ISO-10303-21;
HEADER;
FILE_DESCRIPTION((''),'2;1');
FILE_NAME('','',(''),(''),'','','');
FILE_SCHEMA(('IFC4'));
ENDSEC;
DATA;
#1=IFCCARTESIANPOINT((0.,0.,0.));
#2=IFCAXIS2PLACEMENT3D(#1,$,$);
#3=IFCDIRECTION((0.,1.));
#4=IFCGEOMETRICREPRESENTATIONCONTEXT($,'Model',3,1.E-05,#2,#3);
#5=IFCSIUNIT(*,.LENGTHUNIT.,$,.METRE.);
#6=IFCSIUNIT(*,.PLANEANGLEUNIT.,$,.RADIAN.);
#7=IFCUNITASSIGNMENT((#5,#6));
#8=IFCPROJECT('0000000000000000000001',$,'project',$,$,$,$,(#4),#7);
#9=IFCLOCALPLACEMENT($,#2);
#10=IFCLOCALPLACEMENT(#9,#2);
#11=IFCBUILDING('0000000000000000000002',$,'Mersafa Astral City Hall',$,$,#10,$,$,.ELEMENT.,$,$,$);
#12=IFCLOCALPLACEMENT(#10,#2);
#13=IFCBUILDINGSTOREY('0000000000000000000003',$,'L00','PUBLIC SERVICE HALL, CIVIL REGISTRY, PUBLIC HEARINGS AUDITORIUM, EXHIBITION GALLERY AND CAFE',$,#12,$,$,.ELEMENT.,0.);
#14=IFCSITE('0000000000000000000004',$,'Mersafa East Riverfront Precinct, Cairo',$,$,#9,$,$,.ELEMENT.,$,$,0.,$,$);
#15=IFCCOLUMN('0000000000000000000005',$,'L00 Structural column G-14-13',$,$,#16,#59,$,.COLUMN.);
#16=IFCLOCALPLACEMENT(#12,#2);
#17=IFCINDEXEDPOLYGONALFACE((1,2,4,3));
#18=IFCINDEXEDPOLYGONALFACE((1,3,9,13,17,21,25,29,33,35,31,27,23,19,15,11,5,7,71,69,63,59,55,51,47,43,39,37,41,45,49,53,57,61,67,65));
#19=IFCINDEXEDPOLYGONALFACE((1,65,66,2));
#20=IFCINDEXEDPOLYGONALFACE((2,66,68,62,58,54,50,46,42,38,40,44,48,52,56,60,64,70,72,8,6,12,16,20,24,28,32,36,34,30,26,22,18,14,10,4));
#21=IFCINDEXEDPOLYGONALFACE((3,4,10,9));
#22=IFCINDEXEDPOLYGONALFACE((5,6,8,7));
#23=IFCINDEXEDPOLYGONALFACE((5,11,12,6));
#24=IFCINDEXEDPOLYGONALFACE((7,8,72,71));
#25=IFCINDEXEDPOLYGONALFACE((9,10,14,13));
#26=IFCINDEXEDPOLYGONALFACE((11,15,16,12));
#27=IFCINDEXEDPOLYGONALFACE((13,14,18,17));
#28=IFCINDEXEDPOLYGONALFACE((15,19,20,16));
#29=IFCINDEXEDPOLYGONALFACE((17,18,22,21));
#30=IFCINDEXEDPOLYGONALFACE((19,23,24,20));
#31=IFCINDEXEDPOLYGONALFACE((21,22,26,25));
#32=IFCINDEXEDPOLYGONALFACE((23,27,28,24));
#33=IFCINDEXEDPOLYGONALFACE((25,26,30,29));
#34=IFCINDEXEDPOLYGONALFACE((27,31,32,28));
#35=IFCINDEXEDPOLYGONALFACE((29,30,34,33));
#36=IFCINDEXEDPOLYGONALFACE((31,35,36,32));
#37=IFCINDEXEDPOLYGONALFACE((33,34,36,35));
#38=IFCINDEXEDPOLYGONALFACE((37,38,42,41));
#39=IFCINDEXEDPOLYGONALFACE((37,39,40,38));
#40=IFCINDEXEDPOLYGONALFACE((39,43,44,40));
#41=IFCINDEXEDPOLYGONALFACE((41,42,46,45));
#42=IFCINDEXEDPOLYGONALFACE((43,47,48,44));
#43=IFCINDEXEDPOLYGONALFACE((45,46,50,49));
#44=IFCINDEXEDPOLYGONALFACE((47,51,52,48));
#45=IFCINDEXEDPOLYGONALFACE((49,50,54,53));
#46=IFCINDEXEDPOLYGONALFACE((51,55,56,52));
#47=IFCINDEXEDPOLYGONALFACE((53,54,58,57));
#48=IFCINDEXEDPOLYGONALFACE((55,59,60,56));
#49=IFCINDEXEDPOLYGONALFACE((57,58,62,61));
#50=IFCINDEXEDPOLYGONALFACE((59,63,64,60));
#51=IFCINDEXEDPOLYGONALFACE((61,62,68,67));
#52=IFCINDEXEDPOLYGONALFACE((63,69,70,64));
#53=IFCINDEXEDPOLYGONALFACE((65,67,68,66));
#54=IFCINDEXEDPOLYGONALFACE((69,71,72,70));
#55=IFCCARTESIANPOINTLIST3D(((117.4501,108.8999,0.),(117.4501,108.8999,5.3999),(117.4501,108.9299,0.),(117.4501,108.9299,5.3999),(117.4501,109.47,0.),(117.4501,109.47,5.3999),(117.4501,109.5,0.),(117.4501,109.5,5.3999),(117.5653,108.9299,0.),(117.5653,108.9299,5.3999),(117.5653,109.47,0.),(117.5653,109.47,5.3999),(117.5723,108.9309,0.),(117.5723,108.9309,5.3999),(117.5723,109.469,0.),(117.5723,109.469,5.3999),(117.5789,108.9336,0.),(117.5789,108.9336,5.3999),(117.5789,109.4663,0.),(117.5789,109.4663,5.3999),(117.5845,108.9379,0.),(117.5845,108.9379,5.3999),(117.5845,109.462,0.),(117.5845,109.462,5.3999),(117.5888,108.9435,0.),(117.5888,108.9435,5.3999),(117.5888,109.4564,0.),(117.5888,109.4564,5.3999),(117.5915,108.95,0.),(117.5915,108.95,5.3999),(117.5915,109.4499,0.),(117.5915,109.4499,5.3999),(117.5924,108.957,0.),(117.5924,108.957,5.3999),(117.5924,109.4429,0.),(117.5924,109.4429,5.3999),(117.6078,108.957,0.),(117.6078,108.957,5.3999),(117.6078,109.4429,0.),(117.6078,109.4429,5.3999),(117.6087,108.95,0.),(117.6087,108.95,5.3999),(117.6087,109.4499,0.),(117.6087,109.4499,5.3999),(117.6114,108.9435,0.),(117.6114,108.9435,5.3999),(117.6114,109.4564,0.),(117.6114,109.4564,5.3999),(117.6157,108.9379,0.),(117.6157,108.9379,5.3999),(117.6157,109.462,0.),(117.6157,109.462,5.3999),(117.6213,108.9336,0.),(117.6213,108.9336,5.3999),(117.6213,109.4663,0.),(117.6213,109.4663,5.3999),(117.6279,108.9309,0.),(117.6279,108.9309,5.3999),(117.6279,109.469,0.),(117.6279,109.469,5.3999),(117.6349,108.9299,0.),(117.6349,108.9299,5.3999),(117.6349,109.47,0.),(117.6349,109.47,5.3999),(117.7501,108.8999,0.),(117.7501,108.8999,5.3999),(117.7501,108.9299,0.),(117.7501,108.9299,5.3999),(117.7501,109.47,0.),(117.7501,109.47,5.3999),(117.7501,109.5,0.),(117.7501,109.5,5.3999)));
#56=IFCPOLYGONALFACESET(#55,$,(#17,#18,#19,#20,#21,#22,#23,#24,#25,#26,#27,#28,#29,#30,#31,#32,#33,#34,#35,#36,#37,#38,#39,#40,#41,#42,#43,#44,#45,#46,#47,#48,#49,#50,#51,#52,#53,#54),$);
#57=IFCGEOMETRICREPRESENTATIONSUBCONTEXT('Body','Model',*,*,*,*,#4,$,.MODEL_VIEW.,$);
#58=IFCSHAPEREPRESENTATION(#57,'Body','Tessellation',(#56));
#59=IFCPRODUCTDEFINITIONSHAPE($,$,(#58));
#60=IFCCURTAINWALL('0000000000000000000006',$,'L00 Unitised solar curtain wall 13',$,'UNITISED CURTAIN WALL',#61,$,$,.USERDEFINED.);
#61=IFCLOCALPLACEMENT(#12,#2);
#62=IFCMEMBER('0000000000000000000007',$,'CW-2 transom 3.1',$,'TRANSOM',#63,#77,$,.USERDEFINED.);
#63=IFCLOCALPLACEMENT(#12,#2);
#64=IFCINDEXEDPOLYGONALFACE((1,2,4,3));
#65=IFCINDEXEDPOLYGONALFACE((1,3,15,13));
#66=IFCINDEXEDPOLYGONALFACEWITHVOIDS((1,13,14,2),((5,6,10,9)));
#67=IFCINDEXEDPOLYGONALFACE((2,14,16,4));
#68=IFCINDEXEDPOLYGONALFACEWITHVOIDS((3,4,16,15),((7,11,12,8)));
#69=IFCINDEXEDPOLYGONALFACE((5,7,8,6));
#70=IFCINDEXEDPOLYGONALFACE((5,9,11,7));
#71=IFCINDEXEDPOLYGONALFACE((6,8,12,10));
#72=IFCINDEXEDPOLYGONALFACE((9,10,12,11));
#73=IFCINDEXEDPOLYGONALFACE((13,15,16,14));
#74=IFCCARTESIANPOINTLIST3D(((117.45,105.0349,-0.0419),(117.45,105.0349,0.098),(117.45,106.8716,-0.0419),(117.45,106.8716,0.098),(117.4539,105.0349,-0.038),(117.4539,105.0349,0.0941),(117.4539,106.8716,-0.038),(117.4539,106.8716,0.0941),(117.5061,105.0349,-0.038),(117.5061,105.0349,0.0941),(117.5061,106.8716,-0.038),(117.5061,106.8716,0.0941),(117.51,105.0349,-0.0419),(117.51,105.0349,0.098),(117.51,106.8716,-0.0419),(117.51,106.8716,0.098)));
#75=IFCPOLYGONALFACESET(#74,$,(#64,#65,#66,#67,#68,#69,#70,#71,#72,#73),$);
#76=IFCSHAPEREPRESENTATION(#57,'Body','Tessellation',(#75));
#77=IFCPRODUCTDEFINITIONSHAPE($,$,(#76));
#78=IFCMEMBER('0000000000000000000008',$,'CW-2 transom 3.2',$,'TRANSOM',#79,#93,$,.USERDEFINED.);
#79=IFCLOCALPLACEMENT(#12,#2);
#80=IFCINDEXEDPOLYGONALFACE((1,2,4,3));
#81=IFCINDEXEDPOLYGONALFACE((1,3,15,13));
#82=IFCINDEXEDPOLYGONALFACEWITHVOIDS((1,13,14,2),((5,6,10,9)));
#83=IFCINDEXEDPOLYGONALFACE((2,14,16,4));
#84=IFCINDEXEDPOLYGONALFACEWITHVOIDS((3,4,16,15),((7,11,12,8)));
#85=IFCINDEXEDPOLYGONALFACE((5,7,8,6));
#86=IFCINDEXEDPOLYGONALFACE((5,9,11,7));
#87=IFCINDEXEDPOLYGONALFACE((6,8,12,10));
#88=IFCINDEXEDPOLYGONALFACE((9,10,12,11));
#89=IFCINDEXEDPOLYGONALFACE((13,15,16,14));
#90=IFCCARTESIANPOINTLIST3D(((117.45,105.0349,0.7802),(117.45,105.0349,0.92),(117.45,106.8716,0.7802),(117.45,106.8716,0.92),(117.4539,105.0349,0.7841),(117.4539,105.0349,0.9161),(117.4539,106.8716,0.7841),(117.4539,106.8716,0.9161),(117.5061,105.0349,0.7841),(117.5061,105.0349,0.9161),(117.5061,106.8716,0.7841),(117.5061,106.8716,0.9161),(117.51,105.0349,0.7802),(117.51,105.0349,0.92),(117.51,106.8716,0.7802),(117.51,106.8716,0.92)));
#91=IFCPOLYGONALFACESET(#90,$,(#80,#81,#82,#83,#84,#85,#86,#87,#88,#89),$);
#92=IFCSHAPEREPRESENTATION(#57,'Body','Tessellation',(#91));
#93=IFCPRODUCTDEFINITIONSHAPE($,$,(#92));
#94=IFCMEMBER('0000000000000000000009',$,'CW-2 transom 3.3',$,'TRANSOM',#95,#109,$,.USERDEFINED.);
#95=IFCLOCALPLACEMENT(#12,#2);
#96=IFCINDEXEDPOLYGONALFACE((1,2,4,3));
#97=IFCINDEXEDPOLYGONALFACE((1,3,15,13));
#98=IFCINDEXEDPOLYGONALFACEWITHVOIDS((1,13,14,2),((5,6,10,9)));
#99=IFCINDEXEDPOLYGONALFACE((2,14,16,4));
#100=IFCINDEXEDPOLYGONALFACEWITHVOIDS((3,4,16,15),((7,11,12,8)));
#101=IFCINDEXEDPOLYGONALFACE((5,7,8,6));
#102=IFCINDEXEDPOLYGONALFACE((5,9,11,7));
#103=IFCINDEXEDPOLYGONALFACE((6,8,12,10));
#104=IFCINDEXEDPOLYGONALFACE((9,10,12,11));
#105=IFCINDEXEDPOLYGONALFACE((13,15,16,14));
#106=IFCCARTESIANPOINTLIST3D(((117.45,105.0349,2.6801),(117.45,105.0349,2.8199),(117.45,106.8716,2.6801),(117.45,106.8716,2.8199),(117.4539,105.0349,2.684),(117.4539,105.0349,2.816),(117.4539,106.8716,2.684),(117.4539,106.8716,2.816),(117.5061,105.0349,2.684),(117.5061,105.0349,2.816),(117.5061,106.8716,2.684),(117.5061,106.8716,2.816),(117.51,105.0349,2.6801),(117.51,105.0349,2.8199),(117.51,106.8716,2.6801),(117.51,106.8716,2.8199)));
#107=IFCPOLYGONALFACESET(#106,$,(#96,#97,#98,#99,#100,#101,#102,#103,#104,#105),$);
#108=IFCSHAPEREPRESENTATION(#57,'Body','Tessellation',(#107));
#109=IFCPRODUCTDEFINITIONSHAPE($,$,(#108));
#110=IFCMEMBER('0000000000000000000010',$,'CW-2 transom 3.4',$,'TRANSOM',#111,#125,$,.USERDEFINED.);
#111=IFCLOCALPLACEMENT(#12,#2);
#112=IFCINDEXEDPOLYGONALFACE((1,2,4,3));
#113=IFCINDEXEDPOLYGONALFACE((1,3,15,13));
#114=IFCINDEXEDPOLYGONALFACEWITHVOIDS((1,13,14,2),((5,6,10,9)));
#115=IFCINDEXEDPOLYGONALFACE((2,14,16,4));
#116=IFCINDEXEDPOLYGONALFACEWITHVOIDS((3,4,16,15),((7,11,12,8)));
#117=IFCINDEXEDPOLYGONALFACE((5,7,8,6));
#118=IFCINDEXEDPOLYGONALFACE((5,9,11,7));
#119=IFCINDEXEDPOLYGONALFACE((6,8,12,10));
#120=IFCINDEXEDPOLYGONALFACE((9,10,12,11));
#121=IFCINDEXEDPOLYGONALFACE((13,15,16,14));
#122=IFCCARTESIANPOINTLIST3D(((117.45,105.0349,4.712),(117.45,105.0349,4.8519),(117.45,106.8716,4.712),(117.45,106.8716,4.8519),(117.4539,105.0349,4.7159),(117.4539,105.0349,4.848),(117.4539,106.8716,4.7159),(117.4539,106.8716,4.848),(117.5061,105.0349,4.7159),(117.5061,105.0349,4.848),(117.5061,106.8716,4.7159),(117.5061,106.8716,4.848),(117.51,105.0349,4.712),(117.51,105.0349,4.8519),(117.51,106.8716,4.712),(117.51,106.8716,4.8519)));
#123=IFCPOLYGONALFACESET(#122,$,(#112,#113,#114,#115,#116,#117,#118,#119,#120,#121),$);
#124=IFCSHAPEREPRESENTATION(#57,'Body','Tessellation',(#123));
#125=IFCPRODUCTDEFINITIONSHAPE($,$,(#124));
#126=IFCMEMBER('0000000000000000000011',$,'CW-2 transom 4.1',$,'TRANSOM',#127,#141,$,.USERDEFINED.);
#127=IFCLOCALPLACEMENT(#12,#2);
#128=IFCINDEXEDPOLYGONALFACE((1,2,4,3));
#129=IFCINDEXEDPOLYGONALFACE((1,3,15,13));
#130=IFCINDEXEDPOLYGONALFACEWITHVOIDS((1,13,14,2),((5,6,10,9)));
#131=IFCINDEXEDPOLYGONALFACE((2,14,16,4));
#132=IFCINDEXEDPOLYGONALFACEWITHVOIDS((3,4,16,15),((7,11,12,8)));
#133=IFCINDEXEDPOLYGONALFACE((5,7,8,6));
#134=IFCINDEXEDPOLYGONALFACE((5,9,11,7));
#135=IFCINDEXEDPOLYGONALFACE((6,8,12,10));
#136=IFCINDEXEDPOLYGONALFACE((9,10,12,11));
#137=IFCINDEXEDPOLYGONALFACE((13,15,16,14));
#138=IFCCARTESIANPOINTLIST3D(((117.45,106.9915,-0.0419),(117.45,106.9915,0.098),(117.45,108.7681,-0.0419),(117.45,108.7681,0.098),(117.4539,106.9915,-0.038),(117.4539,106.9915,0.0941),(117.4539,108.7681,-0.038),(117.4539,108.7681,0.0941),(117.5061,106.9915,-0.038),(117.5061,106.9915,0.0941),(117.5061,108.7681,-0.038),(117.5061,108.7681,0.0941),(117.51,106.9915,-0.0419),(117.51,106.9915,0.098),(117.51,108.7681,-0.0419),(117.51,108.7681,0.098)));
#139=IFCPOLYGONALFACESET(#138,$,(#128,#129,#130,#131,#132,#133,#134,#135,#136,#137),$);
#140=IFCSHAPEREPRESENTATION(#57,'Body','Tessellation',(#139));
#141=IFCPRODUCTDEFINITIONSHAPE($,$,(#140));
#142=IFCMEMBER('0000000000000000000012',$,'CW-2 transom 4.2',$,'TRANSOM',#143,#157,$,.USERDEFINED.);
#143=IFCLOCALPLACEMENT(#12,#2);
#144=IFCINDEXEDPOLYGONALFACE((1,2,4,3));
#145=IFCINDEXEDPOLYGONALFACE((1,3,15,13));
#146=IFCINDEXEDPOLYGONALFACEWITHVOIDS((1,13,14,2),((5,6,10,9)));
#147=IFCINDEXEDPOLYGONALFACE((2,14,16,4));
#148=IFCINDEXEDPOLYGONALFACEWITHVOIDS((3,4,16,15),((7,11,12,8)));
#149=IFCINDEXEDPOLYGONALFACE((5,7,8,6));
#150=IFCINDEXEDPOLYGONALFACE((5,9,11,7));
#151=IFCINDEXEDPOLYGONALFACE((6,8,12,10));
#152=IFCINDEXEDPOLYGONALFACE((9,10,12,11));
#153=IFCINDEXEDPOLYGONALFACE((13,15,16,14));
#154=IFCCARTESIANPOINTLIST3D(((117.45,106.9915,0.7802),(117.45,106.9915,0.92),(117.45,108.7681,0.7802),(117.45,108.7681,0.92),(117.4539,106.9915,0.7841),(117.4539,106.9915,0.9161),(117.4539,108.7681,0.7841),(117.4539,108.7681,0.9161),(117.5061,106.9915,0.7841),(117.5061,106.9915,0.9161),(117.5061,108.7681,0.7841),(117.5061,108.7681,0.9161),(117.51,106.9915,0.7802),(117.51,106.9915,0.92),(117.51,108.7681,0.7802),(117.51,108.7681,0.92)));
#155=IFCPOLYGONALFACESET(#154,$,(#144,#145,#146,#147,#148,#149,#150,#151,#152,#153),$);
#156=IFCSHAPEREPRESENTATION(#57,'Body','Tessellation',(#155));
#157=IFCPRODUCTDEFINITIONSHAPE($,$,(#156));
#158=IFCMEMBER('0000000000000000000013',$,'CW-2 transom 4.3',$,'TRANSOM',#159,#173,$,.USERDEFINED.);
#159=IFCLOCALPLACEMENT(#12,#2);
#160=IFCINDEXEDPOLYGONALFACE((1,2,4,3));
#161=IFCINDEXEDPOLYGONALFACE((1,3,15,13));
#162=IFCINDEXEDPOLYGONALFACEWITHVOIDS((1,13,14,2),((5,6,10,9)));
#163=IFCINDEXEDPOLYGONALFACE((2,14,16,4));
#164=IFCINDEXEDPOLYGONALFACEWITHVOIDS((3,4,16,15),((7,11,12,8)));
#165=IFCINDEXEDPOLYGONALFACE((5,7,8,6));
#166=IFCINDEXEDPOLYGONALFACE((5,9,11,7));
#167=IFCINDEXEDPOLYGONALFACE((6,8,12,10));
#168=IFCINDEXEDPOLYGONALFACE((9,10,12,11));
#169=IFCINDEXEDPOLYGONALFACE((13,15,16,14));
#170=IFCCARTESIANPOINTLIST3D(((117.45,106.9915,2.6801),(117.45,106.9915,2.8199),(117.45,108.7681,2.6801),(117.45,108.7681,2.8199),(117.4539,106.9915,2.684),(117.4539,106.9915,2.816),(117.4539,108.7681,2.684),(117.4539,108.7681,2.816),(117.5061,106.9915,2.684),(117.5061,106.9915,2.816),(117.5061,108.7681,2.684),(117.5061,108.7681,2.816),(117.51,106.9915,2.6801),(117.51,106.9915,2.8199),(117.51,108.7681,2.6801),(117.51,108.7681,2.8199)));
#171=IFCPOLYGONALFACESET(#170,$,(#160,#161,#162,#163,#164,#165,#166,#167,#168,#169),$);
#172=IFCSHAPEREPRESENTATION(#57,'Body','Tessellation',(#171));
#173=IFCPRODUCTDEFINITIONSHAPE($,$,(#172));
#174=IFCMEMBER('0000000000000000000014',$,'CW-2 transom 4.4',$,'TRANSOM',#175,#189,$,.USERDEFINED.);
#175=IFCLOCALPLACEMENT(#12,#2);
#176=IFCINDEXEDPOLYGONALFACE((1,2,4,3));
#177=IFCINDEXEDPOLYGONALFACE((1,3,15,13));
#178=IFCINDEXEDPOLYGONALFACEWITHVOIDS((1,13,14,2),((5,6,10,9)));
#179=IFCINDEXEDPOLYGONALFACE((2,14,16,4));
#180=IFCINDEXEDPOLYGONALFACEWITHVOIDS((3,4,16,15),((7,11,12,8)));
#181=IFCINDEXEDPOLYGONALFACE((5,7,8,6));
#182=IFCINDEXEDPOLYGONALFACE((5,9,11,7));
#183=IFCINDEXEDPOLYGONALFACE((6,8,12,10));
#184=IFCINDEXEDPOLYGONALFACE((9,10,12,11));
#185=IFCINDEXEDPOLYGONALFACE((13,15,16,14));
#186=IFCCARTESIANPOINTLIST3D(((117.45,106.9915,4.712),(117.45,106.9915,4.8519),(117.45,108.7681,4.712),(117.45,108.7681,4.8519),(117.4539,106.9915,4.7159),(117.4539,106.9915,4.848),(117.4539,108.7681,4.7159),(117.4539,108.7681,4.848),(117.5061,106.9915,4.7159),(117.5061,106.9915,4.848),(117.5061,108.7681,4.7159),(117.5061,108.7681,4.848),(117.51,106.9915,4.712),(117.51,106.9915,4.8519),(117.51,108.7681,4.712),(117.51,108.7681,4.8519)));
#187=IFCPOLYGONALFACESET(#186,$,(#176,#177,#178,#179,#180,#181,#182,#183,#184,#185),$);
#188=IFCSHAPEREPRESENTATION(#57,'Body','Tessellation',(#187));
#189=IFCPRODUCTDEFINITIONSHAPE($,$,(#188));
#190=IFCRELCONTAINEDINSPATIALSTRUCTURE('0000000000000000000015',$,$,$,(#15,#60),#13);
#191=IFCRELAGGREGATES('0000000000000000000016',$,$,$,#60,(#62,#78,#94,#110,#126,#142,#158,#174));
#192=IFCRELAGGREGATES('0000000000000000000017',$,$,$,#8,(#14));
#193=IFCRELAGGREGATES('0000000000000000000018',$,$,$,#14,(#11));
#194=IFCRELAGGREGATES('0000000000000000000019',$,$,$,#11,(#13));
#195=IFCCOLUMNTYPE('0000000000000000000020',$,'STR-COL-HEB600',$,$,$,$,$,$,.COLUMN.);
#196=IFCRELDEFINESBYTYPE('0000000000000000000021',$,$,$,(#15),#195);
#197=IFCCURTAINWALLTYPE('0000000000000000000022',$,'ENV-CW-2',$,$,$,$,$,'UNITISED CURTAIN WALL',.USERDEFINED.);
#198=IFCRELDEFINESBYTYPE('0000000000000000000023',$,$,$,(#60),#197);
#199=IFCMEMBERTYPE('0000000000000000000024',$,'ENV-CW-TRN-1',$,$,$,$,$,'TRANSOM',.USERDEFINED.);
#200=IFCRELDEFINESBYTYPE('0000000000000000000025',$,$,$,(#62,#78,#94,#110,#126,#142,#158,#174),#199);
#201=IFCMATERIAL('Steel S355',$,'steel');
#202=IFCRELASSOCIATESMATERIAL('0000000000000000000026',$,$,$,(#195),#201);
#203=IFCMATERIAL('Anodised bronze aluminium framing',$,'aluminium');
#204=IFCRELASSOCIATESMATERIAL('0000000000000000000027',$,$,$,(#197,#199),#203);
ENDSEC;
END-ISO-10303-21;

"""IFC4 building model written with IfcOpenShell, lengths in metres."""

from ifc_helpers import new_model, si_unit, direction, frame, origin, origin_2d, place, context, subcontext, project, spatial, hollow_rectangle, i_section, extrude, material, material_profile, profile_set, type_object, element, aggregate, save


model = new_model("IFC4")

# Units and contexts
model_context = context("Model", 3, precision=1e-05, world=origin(), true_north=direction((0.0, 1.0)))
body_context = subcontext(model_context, "Body", "Model", "MODEL_VIEW")
ifc_project = project(units=[si_unit("LENGTHUNIT", "METRE"), si_unit("PLANEANGLEUNIT", "RADIAN")], contexts=[model_context])

# Site, building, storey
site_placement = place(None, origin())
site = spatial("IfcSite", under=ifc_project, at=site_placement, Name="Mersafa East Riverfront Precinct, Cairo", CompositionType="ELEMENT", RefElevation=0.0)
building_placement = place(site_placement, origin())
building = spatial("IfcBuilding", under=site, at=building_placement, Name="Mersafa Astral City Hall", CompositionType="ELEMENT")
storey_placement = place(building_placement, origin())
storey = spatial("IfcBuildingStorey", under=building, at=storey_placement, Name="L00", Description="PUBLIC SERVICE HALL, CIVIL REGISTRY, PUBLIC HEARINGS AUDITORIUM, EXHIBITION GALLERY AND CAFE", CompositionType="ELEMENT", Elevation=0.0)

# Column
ifc_material_1 = material(Name="Steel S355", Category="steel")
ifc_material_profile_1 = material_profile(ifc_material_1, i_section(OverallWidth=0.3, OverallDepth=0.6001, WebThickness=0.0154, FlangeThickness=0.03, FilletRadius=0.0271, at=origin_2d()), Name="HEB 600")
ifc_profile_set_1 = profile_set([ifc_material_profile_1], Name="Steel S355")
column_type = type_object("IfcColumnType", Name="STR-COL-HEB600", PredefinedType="COLUMN", material=ifc_profile_set_1)
column_placement = place(storey_placement, frame((117.6001, 109.2, 0.0), z_axis=(0.0, 0.0, 1.0), x_axis=(1.0, 0.0, 0.0)))
element("IfcColumn", 1, at=column_placement, inside=storey, type_object=column_type, Name="L00 Structural column G-14-13", PredefinedType="COLUMN", context=body_context, shape_type="SweptSolid", body=[
    extrude(i_section(OverallWidth=0.3, OverallDepth=0.6001, WebThickness=0.0154, FlangeThickness=0.03, FilletRadius=0.0271, at=origin_2d()), origin(), (0.0, 0.0, 1.0), 5.3999),
])

# Curtain wall, members
ifc_material_2 = material(Name="Anodised bronze aluminium framing", Category="aluminium")
curtain_wall_type = type_object("IfcCurtainWallType", Name="ENV-CW-2", ElementType="UNITISED CURTAIN WALL", PredefinedType="USERDEFINED", material=ifc_material_2)
curtain_wall_placement = place(storey_placement, origin())
curtain_wall = element("IfcCurtainWall", 2, at=curtain_wall_placement, inside=storey, type_object=curtain_wall_type, Name="L00 Unitised solar curtain wall 13", ObjectType="UNITISED CURTAIN WALL", PredefinedType="USERDEFINED")
ifc_material_profile_2 = material_profile(ifc_material_2, hollow_rectangle(XDim=0.0601, YDim=0.1399, WallThickness=0.0039, at=origin_2d()), Name="RHS 60x140x4")
ifc_profile_set_2 = profile_set([ifc_material_profile_2], Name="Anodised bronze aluminium framing")
member_type = type_object("IfcMemberType", Name="ENV-CW-TRN-1", ElementType="TRANSOM", PredefinedType="USERDEFINED", material=ifc_profile_set_2)
member_1_placement = place(storey_placement, frame((117.48, 105.0349, 0.0281), z_axis=(0.0, 1.0, 0.0), x_axis=(-1.0, 0.0, 0.0)))
member_1 = element("IfcMember", 3, at=member_1_placement, type_object=member_type, Name="CW-2 transom 3.1", ObjectType="TRANSOM", PredefinedType="USERDEFINED", context=body_context, shape_type="SweptSolid", body=[
    extrude(hollow_rectangle(XDim=0.0601, YDim=0.1399, WallThickness=0.0039, at=origin_2d()), origin(), (0.0, 0.0, 1.0), 1.8367),
])
member_2_placement = place(storey_placement, frame((117.48, 105.0349, 0.8501), z_axis=(0.0, 1.0, 0.0), x_axis=(-1.0, 0.0, 0.0)))
member_2 = element("IfcMember", 4, at=member_2_placement, type_object=member_type, Name="CW-2 transom 3.2", ObjectType="TRANSOM", PredefinedType="USERDEFINED", context=body_context, shape_type="SweptSolid", body=[
    extrude(hollow_rectangle(XDim=0.0601, YDim=0.1399, WallThickness=0.0039, at=origin_2d()), origin(), (0.0, 0.0, 1.0), 1.8367),
])
member_3_placement = place(storey_placement, frame((117.48, 105.0349, 2.75), z_axis=(0.0, 1.0, 0.0), x_axis=(-1.0, 0.0, 0.0)))
member_3 = element("IfcMember", 5, at=member_3_placement, type_object=member_type, Name="CW-2 transom 3.3", ObjectType="TRANSOM", PredefinedType="USERDEFINED", context=body_context, shape_type="SweptSolid", body=[
    extrude(hollow_rectangle(XDim=0.0601, YDim=0.1399, WallThickness=0.0039, at=origin_2d()), origin(), (0.0, 0.0, 1.0), 1.8367),
])
member_4_placement = place(storey_placement, frame((117.48, 105.0349, 4.782), z_axis=(0.0, 1.0, 0.0), x_axis=(-1.0, 0.0, 0.0)))
member_4 = element("IfcMember", 6, at=member_4_placement, type_object=member_type, Name="CW-2 transom 3.4", ObjectType="TRANSOM", PredefinedType="USERDEFINED", context=body_context, shape_type="SweptSolid", body=[
    extrude(hollow_rectangle(XDim=0.0601, YDim=0.1399, WallThickness=0.0039, at=origin_2d()), origin(), (0.0, 0.0, 1.0), 1.8367),
])
member_5_placement = place(storey_placement, frame((117.48, 106.9915, 0.0281), z_axis=(0.0, 1.0, 0.0), x_axis=(-1.0, 0.0, 0.0)))
member_5 = element("IfcMember", 7, at=member_5_placement, type_object=member_type, Name="CW-2 transom 4.1", ObjectType="TRANSOM", PredefinedType="USERDEFINED", context=body_context, shape_type="SweptSolid", body=[
    extrude(hollow_rectangle(XDim=0.0601, YDim=0.1399, WallThickness=0.0039, at=origin_2d()), origin(), (0.0, 0.0, 1.0), 1.7766),
])
member_6_placement = place(storey_placement, frame((117.48, 106.9915, 0.8501), z_axis=(0.0, 1.0, 0.0), x_axis=(-1.0, 0.0, 0.0)))
member_6 = element("IfcMember", 8, at=member_6_placement, type_object=member_type, Name="CW-2 transom 4.2", ObjectType="TRANSOM", PredefinedType="USERDEFINED", context=body_context, shape_type="SweptSolid", body=[
    extrude(hollow_rectangle(XDim=0.0601, YDim=0.1399, WallThickness=0.0039, at=origin_2d()), origin(), (0.0, 0.0, 1.0), 1.7766),
])
member_7_placement = place(storey_placement, frame((117.48, 106.9915, 2.75), z_axis=(0.0, 1.0, 0.0), x_axis=(-1.0, 0.0, 0.0)))
member_7 = element("IfcMember", 9, at=member_7_placement, type_object=member_type, Name="CW-2 transom 4.3", ObjectType="TRANSOM", PredefinedType="USERDEFINED", context=body_context, shape_type="SweptSolid", body=[
    extrude(hollow_rectangle(XDim=0.0601, YDim=0.1399, WallThickness=0.0039, at=origin_2d()), origin(), (0.0, 0.0, 1.0), 1.7766),
])
member_8_placement = place(storey_placement, frame((117.48, 106.9915, 4.782), z_axis=(0.0, 1.0, 0.0), x_axis=(-1.0, 0.0, 0.0)))
member_8 = element("IfcMember", 10, at=member_8_placement, type_object=member_type, Name="CW-2 transom 4.4", ObjectType="TRANSOM", PredefinedType="USERDEFINED", context=body_context, shape_type="SweptSolid", body=[
    extrude(hollow_rectangle(XDim=0.0601, YDim=0.1399, WallThickness=0.0039, at=origin_2d()), origin(), (0.0, 0.0, 1.0), 1.7766),
])

aggregate(curtain_wall, [member_1, member_2, member_3, member_4, member_5, member_6, member_7, member_8])

save(model, "model.ifc")
